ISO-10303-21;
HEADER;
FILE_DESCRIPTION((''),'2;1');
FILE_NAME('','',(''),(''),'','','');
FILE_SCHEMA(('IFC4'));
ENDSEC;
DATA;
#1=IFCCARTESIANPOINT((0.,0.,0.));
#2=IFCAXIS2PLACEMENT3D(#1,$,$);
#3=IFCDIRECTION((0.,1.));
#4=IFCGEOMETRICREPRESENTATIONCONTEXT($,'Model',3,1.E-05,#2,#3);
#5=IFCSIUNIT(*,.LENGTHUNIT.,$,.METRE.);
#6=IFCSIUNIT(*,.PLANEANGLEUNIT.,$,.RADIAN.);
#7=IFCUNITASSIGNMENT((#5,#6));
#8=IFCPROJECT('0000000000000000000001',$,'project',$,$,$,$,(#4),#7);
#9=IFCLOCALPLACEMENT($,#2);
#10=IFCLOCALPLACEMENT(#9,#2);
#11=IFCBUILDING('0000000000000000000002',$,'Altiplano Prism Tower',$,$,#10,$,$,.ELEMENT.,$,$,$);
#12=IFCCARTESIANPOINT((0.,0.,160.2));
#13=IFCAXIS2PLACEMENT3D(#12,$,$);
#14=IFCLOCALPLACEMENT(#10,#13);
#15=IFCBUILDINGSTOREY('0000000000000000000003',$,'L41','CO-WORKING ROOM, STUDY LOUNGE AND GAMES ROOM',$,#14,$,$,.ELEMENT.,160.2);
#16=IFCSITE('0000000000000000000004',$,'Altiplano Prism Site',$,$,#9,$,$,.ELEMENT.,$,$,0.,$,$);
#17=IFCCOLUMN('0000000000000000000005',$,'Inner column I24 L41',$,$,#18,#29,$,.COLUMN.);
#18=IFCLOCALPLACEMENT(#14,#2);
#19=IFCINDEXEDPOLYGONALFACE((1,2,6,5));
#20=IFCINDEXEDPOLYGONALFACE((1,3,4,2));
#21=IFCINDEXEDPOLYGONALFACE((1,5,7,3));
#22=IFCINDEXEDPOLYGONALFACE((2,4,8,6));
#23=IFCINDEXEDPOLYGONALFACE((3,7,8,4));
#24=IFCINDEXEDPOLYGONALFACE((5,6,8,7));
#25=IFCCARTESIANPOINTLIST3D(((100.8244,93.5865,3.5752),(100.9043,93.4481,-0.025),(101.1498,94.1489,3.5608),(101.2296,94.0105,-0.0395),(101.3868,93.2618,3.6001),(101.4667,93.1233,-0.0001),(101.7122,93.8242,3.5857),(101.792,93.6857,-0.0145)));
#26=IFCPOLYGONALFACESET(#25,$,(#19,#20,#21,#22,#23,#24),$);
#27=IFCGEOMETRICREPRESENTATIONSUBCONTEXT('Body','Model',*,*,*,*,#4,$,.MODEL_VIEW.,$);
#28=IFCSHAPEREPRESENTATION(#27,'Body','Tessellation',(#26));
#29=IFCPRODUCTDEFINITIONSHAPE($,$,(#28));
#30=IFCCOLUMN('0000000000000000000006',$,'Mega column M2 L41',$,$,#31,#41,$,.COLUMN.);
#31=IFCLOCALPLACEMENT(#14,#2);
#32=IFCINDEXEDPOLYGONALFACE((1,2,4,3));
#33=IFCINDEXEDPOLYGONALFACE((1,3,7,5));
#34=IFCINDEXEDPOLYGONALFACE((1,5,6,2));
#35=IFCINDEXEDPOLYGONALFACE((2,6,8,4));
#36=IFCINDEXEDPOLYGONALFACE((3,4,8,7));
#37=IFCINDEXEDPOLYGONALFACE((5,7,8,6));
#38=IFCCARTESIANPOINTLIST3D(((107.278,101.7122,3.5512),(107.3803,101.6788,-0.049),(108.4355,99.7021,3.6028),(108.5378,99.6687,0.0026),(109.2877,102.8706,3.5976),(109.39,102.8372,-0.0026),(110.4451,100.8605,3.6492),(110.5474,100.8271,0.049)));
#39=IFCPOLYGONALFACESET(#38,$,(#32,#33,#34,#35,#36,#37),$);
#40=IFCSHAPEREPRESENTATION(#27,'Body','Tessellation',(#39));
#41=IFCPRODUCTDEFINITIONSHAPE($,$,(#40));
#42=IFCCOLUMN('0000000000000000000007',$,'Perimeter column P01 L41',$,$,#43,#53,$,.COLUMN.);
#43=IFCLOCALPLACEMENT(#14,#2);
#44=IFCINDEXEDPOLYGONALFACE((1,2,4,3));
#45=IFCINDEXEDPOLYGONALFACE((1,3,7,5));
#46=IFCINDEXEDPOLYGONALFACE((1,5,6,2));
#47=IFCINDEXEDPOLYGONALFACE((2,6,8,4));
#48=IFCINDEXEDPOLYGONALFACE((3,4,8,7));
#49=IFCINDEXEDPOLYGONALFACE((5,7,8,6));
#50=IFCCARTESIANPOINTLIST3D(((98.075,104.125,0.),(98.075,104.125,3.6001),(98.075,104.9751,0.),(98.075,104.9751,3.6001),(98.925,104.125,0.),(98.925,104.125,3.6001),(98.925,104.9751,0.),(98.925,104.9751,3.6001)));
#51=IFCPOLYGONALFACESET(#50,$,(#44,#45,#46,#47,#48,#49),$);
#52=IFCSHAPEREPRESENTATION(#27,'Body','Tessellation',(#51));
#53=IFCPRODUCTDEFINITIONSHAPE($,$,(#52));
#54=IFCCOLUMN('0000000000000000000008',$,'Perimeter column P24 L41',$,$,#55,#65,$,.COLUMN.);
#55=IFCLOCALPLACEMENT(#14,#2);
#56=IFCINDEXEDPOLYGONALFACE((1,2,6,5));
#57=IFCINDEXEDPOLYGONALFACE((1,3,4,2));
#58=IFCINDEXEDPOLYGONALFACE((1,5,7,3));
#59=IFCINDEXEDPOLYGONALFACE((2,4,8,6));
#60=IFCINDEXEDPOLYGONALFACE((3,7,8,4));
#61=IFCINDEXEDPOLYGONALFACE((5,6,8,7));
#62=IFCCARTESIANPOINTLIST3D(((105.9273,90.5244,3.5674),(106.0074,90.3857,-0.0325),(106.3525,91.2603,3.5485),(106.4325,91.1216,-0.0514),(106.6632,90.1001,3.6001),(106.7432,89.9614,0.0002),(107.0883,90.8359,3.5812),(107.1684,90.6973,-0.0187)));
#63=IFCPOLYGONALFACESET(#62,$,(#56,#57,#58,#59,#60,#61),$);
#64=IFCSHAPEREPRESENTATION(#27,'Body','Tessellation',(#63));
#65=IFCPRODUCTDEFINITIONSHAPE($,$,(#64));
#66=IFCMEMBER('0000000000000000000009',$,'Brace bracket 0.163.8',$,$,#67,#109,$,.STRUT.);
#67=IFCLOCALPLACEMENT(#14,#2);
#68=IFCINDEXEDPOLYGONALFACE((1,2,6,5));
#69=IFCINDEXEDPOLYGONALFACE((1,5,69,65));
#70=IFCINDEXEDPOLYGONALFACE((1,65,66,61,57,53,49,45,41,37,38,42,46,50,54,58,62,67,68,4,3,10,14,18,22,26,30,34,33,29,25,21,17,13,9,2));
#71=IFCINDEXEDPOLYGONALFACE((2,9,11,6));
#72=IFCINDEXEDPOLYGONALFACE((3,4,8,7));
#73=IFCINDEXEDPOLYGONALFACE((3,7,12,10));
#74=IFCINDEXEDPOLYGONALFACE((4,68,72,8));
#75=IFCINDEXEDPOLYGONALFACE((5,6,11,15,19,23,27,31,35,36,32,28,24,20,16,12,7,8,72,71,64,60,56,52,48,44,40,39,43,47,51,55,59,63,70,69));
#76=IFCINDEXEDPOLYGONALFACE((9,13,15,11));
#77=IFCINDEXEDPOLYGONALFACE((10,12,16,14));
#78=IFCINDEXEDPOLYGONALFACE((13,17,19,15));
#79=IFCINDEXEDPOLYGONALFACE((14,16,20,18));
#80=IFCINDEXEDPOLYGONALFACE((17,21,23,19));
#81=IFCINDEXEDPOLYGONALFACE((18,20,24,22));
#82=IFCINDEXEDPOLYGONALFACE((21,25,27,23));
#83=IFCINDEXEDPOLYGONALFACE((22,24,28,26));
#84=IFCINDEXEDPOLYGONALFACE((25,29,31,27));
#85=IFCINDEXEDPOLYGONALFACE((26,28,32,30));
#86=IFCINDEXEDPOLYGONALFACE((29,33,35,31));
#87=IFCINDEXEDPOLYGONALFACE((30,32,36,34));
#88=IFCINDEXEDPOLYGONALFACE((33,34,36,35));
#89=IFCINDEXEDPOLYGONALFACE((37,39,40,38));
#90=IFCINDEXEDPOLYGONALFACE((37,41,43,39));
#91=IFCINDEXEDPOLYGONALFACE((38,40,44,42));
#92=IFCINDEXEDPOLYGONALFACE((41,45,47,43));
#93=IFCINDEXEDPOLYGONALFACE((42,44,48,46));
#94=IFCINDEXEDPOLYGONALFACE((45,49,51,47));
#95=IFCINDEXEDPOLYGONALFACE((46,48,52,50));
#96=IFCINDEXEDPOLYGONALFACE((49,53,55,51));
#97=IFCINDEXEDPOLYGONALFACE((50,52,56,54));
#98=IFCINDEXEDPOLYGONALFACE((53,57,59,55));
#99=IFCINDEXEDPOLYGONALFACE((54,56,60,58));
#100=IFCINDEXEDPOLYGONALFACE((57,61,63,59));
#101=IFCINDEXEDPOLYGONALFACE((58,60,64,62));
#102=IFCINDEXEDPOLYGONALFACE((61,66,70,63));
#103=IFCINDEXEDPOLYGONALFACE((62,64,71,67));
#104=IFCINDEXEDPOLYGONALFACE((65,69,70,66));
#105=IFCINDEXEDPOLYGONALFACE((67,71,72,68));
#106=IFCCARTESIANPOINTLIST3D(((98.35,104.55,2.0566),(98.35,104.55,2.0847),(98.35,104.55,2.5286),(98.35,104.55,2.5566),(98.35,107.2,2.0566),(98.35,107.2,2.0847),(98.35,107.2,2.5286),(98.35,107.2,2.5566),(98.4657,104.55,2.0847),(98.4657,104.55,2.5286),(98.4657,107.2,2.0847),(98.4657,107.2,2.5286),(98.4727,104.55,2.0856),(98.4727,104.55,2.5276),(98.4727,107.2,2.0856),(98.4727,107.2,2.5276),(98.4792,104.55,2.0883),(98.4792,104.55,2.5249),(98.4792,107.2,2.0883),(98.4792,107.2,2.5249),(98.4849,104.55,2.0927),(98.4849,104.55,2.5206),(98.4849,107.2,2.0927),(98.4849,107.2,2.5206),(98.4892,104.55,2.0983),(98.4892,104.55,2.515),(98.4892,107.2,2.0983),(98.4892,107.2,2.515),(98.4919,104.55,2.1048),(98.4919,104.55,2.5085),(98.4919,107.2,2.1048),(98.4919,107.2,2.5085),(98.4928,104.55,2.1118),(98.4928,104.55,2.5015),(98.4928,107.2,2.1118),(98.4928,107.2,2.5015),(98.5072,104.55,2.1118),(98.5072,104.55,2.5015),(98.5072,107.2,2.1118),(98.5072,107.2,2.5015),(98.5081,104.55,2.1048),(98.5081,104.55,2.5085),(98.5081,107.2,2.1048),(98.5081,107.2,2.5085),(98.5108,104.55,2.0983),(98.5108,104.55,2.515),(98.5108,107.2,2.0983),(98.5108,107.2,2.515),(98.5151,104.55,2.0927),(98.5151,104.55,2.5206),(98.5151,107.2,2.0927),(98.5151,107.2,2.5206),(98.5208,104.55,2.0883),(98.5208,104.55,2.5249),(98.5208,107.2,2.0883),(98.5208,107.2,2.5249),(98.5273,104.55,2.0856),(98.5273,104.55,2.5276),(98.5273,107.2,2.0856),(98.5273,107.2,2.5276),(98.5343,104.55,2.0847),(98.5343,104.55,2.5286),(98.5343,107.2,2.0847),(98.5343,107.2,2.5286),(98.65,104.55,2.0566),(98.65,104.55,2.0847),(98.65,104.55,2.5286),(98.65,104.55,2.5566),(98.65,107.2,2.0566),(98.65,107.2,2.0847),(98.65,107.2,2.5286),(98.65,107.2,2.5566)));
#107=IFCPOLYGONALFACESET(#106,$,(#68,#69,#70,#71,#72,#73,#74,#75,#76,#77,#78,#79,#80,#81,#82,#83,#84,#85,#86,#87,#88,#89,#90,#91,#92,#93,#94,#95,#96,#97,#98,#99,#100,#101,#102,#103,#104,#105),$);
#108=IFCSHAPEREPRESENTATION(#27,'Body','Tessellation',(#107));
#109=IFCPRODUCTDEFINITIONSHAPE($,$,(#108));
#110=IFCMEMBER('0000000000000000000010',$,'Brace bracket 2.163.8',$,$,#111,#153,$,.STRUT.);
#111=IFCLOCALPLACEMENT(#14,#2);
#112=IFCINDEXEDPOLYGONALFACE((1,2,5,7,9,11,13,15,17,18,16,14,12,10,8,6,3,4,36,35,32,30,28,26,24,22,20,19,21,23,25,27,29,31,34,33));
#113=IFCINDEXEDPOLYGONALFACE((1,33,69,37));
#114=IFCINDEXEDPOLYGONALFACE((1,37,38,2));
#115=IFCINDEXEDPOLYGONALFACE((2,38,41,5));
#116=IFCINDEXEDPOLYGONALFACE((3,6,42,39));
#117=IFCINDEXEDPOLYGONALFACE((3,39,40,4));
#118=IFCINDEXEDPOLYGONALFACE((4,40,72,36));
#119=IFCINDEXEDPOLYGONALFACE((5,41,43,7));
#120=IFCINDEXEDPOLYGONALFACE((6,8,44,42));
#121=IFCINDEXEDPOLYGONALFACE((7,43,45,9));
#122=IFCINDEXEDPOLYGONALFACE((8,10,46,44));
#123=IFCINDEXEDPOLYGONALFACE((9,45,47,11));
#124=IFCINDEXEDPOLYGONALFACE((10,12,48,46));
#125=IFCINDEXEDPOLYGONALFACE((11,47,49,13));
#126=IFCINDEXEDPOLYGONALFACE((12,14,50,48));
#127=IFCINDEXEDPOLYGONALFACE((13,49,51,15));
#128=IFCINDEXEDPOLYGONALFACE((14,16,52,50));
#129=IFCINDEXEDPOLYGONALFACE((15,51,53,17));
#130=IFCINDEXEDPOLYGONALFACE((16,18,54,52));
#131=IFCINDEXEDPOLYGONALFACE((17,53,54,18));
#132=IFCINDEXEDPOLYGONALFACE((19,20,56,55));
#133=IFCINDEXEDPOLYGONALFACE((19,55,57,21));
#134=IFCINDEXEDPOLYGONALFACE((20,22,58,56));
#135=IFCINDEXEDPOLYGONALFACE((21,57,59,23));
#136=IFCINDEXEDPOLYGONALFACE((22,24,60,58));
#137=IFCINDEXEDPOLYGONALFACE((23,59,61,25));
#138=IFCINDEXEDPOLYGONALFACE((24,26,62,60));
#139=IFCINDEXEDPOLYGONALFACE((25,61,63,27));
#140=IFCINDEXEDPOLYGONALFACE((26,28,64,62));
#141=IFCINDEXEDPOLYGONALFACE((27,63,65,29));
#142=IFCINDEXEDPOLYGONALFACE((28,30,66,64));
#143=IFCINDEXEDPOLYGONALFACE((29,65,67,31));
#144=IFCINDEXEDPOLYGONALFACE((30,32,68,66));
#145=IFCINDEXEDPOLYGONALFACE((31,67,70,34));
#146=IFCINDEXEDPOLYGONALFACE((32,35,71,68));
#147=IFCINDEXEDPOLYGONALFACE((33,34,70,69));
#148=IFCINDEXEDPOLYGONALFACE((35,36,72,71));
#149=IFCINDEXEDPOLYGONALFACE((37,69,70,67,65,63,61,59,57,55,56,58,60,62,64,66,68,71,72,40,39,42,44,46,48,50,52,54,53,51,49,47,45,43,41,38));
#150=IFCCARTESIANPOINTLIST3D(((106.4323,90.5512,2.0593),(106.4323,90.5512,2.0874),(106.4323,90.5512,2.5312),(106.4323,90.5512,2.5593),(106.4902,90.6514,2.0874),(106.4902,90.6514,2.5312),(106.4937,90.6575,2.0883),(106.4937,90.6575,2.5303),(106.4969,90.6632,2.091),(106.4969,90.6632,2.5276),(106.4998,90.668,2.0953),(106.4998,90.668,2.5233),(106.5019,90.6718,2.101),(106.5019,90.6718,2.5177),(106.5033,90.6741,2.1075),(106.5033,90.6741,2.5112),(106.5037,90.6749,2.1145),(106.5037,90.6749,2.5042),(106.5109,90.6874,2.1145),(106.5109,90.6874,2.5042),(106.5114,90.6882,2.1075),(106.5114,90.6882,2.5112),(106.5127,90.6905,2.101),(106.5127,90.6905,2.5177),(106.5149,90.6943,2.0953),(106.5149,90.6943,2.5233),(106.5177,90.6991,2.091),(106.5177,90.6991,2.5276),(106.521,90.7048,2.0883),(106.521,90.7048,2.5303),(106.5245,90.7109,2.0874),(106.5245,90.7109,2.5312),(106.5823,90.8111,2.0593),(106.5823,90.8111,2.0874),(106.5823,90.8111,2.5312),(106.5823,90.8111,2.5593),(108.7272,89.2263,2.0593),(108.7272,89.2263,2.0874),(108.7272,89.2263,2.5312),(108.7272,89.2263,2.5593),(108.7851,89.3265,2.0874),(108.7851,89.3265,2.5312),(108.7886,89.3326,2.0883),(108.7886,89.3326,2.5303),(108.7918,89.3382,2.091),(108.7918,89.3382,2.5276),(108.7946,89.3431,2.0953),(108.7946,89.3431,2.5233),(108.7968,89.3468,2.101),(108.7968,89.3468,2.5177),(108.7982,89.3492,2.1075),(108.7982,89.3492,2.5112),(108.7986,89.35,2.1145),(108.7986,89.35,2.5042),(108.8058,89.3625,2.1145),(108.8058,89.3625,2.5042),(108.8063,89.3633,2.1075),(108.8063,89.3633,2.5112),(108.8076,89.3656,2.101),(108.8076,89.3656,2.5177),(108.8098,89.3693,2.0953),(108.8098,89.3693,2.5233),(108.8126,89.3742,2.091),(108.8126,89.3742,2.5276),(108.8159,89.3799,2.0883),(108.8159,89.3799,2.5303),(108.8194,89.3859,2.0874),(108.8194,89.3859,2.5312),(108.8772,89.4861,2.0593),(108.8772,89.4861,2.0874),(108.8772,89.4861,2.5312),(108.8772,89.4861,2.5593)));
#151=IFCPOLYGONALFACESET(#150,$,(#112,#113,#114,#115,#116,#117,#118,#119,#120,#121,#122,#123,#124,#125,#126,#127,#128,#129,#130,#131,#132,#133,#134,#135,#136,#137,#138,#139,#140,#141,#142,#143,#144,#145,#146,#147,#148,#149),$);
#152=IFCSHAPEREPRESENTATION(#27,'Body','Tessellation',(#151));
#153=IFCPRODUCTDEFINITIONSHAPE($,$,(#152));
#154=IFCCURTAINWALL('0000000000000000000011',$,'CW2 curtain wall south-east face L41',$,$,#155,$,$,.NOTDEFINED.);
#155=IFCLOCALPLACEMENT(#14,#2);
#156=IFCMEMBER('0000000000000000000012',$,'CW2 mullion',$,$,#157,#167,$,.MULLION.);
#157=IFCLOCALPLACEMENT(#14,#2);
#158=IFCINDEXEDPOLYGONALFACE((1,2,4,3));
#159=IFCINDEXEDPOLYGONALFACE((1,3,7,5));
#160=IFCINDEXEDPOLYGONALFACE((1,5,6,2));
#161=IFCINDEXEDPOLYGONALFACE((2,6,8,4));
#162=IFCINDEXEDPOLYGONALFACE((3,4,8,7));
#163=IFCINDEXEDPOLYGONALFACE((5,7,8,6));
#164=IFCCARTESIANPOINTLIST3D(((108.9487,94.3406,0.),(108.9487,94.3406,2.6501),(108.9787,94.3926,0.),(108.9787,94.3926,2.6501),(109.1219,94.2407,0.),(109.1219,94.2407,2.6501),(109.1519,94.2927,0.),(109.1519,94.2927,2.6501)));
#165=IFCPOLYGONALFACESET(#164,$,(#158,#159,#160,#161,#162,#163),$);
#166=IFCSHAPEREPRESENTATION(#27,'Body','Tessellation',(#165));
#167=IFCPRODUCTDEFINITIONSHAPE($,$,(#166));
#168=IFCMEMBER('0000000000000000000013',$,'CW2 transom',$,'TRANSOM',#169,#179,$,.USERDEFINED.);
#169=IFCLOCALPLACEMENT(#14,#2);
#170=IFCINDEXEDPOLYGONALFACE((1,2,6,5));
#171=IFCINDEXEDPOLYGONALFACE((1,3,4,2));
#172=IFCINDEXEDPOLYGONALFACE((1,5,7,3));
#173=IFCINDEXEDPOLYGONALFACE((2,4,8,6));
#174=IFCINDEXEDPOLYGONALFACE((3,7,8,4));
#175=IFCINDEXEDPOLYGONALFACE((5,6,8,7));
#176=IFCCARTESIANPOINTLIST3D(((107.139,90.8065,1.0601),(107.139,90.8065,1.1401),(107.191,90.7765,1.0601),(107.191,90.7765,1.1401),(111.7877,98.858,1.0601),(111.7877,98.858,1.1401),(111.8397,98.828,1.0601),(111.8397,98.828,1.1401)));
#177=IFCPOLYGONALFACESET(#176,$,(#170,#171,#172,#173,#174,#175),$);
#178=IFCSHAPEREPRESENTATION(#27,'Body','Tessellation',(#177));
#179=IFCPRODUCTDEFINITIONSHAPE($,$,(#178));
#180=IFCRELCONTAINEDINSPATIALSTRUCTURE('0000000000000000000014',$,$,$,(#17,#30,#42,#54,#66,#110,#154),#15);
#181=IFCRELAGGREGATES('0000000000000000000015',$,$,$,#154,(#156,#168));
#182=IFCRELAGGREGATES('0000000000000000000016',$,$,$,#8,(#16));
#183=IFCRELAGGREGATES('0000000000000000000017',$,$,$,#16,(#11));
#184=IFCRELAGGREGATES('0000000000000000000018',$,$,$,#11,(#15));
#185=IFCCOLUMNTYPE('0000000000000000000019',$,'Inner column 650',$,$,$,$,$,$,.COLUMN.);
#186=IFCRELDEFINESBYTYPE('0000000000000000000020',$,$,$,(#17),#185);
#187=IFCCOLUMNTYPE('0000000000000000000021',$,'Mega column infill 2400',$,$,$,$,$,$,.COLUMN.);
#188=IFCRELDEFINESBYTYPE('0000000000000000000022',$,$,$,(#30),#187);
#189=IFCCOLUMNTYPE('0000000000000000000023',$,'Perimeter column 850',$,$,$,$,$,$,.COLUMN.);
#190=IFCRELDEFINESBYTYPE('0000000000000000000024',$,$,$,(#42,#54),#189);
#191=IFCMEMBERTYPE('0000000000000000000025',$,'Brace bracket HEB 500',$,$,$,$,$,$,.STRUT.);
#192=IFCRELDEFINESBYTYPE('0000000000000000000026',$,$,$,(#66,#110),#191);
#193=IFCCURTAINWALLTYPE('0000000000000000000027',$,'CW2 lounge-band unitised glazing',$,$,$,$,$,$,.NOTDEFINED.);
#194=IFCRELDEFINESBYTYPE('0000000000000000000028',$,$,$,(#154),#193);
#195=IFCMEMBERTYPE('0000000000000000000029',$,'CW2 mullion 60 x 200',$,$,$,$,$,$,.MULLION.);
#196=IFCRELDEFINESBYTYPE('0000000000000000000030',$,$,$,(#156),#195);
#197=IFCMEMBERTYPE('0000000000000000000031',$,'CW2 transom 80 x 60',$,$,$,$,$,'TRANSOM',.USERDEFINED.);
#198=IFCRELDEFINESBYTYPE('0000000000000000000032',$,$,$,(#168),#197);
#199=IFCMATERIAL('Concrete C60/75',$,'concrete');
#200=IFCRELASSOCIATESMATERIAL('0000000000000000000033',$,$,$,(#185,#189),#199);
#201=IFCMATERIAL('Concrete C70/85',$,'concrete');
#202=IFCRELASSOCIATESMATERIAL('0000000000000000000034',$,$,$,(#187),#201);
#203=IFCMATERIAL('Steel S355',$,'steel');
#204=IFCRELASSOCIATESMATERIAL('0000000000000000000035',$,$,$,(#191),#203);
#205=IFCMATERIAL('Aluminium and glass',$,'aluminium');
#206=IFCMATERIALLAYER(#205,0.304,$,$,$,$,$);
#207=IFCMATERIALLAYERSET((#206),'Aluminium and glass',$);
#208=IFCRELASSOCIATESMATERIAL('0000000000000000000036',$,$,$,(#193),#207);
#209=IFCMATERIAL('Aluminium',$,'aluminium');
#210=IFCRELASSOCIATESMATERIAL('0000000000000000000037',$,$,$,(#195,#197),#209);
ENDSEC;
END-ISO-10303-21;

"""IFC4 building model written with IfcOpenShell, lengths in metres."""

from ifc_helpers import new_model, si_unit, direction, frame, origin, origin_2d, place, context, subcontext, project, spatial, rectangle, i_section, extrude, material, layer, layer_set, material_profile, profile_set, type_object, element, aggregate, save


model = new_model("IFC4")

# Units and contexts
model_context = context("Model", 3, precision=1e-05, world=origin(), true_north=direction((0.0, 1.0)))
body_context = subcontext(model_context, "Body", "Model", "MODEL_VIEW")
ifc_project = project(units=[si_unit("LENGTHUNIT", "METRE"), si_unit("PLANEANGLEUNIT", "RADIAN")], contexts=[model_context])

# Site, building, storey
site_placement = place(None, origin())
site = spatial("IfcSite", under=ifc_project, at=site_placement, Name="Altiplano Prism Site", CompositionType="ELEMENT", RefElevation=0.0)
building_placement = place(site_placement, origin())
building = spatial("IfcBuilding", under=site, at=building_placement, Name="Altiplano Prism Tower", CompositionType="ELEMENT")
storey_placement = place(building_placement, frame((0.0, 0.0, 160.2)))
storey = spatial("IfcBuildingStorey", under=building, at=storey_placement, Name="L41", Description="CO-WORKING ROOM, STUDY LOUNGE AND GAMES ROOM", CompositionType="ELEMENT", Elevation=160.2)

# Columns
ifc_material_1 = material(Name="Concrete C60/75", Category="concrete")
ifc_material_profile_1 = material_profile(ifc_material_1, rectangle(XDim=0.6499, YDim=0.6499, at=origin_2d()), Name="Inner column 650")
ifc_profile_set_1 = profile_set([ifc_material_profile_1], Name="Concrete C60/75")
column_type_1 = type_object("IfcColumnType", Name="Inner column 650", PredefinedType="COLUMN", material=ifc_profile_set_1)
column_1_placement = place(storey_placement, frame((101.3481, 93.5669, -0.0198), z_axis=(-0.022154, 0.038413, 0.999016), x_axis=(-0.500653, -0.865364, 0.022172)))
element("IfcColumn", 1, at=column_1_placement, inside=storey, type_object=column_type_1, Name="Inner column I24 L41", PredefinedType="COLUMN", context=body_context, shape_type="SweptSolid", body=[
    extrude(rectangle(XDim=0.6499, YDim=0.6499, at=origin_2d()), origin(), (0.0, 0.0, 1.0), 3.6038),
])
ifc_material_2 = material(Name="Concrete C70/85", Category="concrete")
ifc_material_profile_2 = material_profile(ifc_material_2, rectangle(XDim=2.3201, YDim=2.3201, at=origin_2d()), Name="Mega column infill 2400")
ifc_profile_set_2 = profile_set([ifc_material_profile_2], Name="Concrete C70/85")
column_type_2 = type_object("IfcColumnType", Name="Mega column infill 2400", PredefinedType="COLUMN", material=ifc_profile_set_2)
column_2_placement = place(storey_placement, frame((108.9639, 101.2529, 0.0), z_axis=(-0.028402, 0.009287, 0.999553), x_axis=(0.498881, -0.866385, 0.022225)))
element("IfcColumn", 2, at=column_2_placement, inside=storey, type_object=column_type_2, Name="Mega column M2 L41", PredefinedType="COLUMN", context=body_context, shape_type="SweptSolid", body=[
    extrude(rectangle(XDim=2.3201, YDim=2.3201, at=origin_2d()), origin(), (0.0, 0.0, 1.0), 3.6018),
])
ifc_material_profile_3 = material_profile(ifc_material_1, rectangle(XDim=0.8501, YDim=0.8501, at=origin_2d()), Name="Perimeter column 850")
ifc_profile_set_3 = profile_set([ifc_material_profile_3], Name="Concrete C60/75")
column_type_3 = type_object("IfcColumnType", Name="Perimeter column 850", PredefinedType="COLUMN", material=ifc_profile_set_3)
column_3_placement = place(storey_placement, frame((98.5, 104.55, 0.0), z_axis=(0.0, 0.0, 1.0), x_axis=(1.0, 0.0, 0.0)))
element("IfcColumn", 3, at=column_3_placement, inside=storey, type_object=column_type_3, Name="Perimeter column P01 L41", PredefinedType="COLUMN", context=body_context, shape_type="SweptSolid", body=[
    extrude(rectangle(XDim=0.8501, YDim=0.8501, at=origin_2d()), origin(), (0.0, 0.0, 1.0), 3.6001),
])
column_4_placement = place(storey_placement, frame((106.5879, 90.5415, -0.0256), z_axis=(-0.022223, 0.038483, 0.999012), x_axis=(-0.50017, -0.865642, 0.02222)))
element("IfcColumn", 4, at=column_4_placement, inside=storey, type_object=column_type_3, Name="Perimeter column P24 L41", PredefinedType="COLUMN", context=body_context, shape_type="SweptSolid", body=[
    extrude(rectangle(XDim=0.8501, YDim=0.8501, at=origin_2d()), origin(), (0.0, 0.0, 1.0), 3.6035),
])

# Members
ifc_material_3 = material(Name="Steel S355", Category="steel")
ifc_material_profile_4 = material_profile(ifc_material_3, i_section(OverallWidth=0.3, OverallDepth=0.5, WebThickness=0.0144, FlangeThickness=0.0281, FilletRadius=0.0271, at=origin_2d()), Name="Brace bracket HEB 500")
ifc_profile_set_4 = profile_set([ifc_material_profile_4], Name="Steel S355")
member_type_1 = type_object("IfcMemberType", Name="Brace bracket HEB 500", PredefinedType="STRUT", material=ifc_profile_set_4)
for number, where, z_axis, x_axis, name in (
    (5, (98.5, 104.55, 2.3066), (0.0, 1.0, 0.0), (-1.0, 0.0, 0.0), "Brace bracket 0.163.8"),
    (6, (106.5073, 90.6812, 2.3093), (0.866029, -0.499994, 0.0), (0.499994, 0.866029, 0.0), "Brace bracket 2.163.8"),
):
    element("IfcMember", number, at=place(storey_placement, frame(where, z_axis=z_axis, x_axis=x_axis)), inside=storey, type_object=member_type_1, Name=name, PredefinedType="STRUT", context=body_context, shape_type="SweptSolid", body=[
        extrude(i_section(OverallWidth=0.3, OverallDepth=0.5, WebThickness=0.0144, FlangeThickness=0.0281, FilletRadius=0.0271, at=origin_2d()), origin(), (0.0, 0.0, 1.0), 2.6499),
    ])

# Curtain wall, members
ifc_material_4 = material(Name="Aluminium and glass", Category="aluminium")
ifc_layer_1 = layer(ifc_material_4, 0.304)
ifc_layer_set_1 = layer_set([ifc_layer_1], Name="Aluminium and glass")
curtain_wall_type = type_object("IfcCurtainWallType", Name="CW2 lounge-band unitised glazing", PredefinedType="NOTDEFINED", material=ifc_layer_set_1)
curtain_wall_1_placement = place(storey_placement, origin())
curtain_wall_1 = element("IfcCurtainWall", 7, at=curtain_wall_1_placement, inside=storey, type_object=curtain_wall_type, Name="CW2 curtain wall south-east face L41", PredefinedType="NOTDEFINED")
ifc_material_5 = material(Name="Aluminium", Category="aluminium")
ifc_material_profile_5 = material_profile(ifc_material_5, rectangle(XDim=0.2, YDim=0.0601, at=origin_2d()), Name="CW2 mullion 60 x 200")
ifc_profile_set_5 = profile_set([ifc_material_profile_5], Name="Aluminium")
member_type_2 = type_object("IfcMemberType", Name="CW2 mullion 60 x 200", PredefinedType="MULLION", material=ifc_profile_set_5)
member_1_placement = place(storey_placement, frame((109.0503, 94.3167, 0.0), z_axis=(0.0, 0.0, 1.0), x_axis=(-0.866025, 0.5, 0.0)))
member_1 = element("IfcMember", 8, at=member_1_placement, type_object=member_type_2, Name="CW2 mullion", PredefinedType="MULLION", context=body_context, shape_type="SweptSolid", body=[
    extrude(rectangle(XDim=0.2, YDim=0.0601, at=origin_2d()), origin(), (0.0, 0.0, 1.0), 2.6501),
])
ifc_material_profile_6 = material_profile(ifc_material_5, rectangle(XDim=0.0601, YDim=0.0801, at=origin_2d()), Name="CW2 transom 80 x 60")
ifc_profile_set_6 = profile_set([ifc_material_profile_6], Name="Aluminium")
member_type_3 = type_object("IfcMemberType", Name="CW2 transom 80 x 60", ElementType="TRANSOM", PredefinedType="USERDEFINED", material=ifc_profile_set_6)
member_2_placement = place(storey_placement, frame((107.165, 90.7915, 1.1001), z_axis=(0.500011, 0.866019, 0.0), x_axis=(-0.866019, 0.500011, 0.0)))
member_2 = element("IfcMember", 9, at=member_2_placement, type_object=member_type_3, Name="CW2 transom", ObjectType="TRANSOM", PredefinedType="USERDEFINED", context=body_context, shape_type="SweptSolid", body=[
    extrude(rectangle(XDim=0.0601, YDim=0.0801, at=origin_2d()), origin(), (0.0, 0.0, 1.0), 9.2971),
])

aggregate(curtain_wall_1, [member_1, member_2])

save(model, "model.ifc")
